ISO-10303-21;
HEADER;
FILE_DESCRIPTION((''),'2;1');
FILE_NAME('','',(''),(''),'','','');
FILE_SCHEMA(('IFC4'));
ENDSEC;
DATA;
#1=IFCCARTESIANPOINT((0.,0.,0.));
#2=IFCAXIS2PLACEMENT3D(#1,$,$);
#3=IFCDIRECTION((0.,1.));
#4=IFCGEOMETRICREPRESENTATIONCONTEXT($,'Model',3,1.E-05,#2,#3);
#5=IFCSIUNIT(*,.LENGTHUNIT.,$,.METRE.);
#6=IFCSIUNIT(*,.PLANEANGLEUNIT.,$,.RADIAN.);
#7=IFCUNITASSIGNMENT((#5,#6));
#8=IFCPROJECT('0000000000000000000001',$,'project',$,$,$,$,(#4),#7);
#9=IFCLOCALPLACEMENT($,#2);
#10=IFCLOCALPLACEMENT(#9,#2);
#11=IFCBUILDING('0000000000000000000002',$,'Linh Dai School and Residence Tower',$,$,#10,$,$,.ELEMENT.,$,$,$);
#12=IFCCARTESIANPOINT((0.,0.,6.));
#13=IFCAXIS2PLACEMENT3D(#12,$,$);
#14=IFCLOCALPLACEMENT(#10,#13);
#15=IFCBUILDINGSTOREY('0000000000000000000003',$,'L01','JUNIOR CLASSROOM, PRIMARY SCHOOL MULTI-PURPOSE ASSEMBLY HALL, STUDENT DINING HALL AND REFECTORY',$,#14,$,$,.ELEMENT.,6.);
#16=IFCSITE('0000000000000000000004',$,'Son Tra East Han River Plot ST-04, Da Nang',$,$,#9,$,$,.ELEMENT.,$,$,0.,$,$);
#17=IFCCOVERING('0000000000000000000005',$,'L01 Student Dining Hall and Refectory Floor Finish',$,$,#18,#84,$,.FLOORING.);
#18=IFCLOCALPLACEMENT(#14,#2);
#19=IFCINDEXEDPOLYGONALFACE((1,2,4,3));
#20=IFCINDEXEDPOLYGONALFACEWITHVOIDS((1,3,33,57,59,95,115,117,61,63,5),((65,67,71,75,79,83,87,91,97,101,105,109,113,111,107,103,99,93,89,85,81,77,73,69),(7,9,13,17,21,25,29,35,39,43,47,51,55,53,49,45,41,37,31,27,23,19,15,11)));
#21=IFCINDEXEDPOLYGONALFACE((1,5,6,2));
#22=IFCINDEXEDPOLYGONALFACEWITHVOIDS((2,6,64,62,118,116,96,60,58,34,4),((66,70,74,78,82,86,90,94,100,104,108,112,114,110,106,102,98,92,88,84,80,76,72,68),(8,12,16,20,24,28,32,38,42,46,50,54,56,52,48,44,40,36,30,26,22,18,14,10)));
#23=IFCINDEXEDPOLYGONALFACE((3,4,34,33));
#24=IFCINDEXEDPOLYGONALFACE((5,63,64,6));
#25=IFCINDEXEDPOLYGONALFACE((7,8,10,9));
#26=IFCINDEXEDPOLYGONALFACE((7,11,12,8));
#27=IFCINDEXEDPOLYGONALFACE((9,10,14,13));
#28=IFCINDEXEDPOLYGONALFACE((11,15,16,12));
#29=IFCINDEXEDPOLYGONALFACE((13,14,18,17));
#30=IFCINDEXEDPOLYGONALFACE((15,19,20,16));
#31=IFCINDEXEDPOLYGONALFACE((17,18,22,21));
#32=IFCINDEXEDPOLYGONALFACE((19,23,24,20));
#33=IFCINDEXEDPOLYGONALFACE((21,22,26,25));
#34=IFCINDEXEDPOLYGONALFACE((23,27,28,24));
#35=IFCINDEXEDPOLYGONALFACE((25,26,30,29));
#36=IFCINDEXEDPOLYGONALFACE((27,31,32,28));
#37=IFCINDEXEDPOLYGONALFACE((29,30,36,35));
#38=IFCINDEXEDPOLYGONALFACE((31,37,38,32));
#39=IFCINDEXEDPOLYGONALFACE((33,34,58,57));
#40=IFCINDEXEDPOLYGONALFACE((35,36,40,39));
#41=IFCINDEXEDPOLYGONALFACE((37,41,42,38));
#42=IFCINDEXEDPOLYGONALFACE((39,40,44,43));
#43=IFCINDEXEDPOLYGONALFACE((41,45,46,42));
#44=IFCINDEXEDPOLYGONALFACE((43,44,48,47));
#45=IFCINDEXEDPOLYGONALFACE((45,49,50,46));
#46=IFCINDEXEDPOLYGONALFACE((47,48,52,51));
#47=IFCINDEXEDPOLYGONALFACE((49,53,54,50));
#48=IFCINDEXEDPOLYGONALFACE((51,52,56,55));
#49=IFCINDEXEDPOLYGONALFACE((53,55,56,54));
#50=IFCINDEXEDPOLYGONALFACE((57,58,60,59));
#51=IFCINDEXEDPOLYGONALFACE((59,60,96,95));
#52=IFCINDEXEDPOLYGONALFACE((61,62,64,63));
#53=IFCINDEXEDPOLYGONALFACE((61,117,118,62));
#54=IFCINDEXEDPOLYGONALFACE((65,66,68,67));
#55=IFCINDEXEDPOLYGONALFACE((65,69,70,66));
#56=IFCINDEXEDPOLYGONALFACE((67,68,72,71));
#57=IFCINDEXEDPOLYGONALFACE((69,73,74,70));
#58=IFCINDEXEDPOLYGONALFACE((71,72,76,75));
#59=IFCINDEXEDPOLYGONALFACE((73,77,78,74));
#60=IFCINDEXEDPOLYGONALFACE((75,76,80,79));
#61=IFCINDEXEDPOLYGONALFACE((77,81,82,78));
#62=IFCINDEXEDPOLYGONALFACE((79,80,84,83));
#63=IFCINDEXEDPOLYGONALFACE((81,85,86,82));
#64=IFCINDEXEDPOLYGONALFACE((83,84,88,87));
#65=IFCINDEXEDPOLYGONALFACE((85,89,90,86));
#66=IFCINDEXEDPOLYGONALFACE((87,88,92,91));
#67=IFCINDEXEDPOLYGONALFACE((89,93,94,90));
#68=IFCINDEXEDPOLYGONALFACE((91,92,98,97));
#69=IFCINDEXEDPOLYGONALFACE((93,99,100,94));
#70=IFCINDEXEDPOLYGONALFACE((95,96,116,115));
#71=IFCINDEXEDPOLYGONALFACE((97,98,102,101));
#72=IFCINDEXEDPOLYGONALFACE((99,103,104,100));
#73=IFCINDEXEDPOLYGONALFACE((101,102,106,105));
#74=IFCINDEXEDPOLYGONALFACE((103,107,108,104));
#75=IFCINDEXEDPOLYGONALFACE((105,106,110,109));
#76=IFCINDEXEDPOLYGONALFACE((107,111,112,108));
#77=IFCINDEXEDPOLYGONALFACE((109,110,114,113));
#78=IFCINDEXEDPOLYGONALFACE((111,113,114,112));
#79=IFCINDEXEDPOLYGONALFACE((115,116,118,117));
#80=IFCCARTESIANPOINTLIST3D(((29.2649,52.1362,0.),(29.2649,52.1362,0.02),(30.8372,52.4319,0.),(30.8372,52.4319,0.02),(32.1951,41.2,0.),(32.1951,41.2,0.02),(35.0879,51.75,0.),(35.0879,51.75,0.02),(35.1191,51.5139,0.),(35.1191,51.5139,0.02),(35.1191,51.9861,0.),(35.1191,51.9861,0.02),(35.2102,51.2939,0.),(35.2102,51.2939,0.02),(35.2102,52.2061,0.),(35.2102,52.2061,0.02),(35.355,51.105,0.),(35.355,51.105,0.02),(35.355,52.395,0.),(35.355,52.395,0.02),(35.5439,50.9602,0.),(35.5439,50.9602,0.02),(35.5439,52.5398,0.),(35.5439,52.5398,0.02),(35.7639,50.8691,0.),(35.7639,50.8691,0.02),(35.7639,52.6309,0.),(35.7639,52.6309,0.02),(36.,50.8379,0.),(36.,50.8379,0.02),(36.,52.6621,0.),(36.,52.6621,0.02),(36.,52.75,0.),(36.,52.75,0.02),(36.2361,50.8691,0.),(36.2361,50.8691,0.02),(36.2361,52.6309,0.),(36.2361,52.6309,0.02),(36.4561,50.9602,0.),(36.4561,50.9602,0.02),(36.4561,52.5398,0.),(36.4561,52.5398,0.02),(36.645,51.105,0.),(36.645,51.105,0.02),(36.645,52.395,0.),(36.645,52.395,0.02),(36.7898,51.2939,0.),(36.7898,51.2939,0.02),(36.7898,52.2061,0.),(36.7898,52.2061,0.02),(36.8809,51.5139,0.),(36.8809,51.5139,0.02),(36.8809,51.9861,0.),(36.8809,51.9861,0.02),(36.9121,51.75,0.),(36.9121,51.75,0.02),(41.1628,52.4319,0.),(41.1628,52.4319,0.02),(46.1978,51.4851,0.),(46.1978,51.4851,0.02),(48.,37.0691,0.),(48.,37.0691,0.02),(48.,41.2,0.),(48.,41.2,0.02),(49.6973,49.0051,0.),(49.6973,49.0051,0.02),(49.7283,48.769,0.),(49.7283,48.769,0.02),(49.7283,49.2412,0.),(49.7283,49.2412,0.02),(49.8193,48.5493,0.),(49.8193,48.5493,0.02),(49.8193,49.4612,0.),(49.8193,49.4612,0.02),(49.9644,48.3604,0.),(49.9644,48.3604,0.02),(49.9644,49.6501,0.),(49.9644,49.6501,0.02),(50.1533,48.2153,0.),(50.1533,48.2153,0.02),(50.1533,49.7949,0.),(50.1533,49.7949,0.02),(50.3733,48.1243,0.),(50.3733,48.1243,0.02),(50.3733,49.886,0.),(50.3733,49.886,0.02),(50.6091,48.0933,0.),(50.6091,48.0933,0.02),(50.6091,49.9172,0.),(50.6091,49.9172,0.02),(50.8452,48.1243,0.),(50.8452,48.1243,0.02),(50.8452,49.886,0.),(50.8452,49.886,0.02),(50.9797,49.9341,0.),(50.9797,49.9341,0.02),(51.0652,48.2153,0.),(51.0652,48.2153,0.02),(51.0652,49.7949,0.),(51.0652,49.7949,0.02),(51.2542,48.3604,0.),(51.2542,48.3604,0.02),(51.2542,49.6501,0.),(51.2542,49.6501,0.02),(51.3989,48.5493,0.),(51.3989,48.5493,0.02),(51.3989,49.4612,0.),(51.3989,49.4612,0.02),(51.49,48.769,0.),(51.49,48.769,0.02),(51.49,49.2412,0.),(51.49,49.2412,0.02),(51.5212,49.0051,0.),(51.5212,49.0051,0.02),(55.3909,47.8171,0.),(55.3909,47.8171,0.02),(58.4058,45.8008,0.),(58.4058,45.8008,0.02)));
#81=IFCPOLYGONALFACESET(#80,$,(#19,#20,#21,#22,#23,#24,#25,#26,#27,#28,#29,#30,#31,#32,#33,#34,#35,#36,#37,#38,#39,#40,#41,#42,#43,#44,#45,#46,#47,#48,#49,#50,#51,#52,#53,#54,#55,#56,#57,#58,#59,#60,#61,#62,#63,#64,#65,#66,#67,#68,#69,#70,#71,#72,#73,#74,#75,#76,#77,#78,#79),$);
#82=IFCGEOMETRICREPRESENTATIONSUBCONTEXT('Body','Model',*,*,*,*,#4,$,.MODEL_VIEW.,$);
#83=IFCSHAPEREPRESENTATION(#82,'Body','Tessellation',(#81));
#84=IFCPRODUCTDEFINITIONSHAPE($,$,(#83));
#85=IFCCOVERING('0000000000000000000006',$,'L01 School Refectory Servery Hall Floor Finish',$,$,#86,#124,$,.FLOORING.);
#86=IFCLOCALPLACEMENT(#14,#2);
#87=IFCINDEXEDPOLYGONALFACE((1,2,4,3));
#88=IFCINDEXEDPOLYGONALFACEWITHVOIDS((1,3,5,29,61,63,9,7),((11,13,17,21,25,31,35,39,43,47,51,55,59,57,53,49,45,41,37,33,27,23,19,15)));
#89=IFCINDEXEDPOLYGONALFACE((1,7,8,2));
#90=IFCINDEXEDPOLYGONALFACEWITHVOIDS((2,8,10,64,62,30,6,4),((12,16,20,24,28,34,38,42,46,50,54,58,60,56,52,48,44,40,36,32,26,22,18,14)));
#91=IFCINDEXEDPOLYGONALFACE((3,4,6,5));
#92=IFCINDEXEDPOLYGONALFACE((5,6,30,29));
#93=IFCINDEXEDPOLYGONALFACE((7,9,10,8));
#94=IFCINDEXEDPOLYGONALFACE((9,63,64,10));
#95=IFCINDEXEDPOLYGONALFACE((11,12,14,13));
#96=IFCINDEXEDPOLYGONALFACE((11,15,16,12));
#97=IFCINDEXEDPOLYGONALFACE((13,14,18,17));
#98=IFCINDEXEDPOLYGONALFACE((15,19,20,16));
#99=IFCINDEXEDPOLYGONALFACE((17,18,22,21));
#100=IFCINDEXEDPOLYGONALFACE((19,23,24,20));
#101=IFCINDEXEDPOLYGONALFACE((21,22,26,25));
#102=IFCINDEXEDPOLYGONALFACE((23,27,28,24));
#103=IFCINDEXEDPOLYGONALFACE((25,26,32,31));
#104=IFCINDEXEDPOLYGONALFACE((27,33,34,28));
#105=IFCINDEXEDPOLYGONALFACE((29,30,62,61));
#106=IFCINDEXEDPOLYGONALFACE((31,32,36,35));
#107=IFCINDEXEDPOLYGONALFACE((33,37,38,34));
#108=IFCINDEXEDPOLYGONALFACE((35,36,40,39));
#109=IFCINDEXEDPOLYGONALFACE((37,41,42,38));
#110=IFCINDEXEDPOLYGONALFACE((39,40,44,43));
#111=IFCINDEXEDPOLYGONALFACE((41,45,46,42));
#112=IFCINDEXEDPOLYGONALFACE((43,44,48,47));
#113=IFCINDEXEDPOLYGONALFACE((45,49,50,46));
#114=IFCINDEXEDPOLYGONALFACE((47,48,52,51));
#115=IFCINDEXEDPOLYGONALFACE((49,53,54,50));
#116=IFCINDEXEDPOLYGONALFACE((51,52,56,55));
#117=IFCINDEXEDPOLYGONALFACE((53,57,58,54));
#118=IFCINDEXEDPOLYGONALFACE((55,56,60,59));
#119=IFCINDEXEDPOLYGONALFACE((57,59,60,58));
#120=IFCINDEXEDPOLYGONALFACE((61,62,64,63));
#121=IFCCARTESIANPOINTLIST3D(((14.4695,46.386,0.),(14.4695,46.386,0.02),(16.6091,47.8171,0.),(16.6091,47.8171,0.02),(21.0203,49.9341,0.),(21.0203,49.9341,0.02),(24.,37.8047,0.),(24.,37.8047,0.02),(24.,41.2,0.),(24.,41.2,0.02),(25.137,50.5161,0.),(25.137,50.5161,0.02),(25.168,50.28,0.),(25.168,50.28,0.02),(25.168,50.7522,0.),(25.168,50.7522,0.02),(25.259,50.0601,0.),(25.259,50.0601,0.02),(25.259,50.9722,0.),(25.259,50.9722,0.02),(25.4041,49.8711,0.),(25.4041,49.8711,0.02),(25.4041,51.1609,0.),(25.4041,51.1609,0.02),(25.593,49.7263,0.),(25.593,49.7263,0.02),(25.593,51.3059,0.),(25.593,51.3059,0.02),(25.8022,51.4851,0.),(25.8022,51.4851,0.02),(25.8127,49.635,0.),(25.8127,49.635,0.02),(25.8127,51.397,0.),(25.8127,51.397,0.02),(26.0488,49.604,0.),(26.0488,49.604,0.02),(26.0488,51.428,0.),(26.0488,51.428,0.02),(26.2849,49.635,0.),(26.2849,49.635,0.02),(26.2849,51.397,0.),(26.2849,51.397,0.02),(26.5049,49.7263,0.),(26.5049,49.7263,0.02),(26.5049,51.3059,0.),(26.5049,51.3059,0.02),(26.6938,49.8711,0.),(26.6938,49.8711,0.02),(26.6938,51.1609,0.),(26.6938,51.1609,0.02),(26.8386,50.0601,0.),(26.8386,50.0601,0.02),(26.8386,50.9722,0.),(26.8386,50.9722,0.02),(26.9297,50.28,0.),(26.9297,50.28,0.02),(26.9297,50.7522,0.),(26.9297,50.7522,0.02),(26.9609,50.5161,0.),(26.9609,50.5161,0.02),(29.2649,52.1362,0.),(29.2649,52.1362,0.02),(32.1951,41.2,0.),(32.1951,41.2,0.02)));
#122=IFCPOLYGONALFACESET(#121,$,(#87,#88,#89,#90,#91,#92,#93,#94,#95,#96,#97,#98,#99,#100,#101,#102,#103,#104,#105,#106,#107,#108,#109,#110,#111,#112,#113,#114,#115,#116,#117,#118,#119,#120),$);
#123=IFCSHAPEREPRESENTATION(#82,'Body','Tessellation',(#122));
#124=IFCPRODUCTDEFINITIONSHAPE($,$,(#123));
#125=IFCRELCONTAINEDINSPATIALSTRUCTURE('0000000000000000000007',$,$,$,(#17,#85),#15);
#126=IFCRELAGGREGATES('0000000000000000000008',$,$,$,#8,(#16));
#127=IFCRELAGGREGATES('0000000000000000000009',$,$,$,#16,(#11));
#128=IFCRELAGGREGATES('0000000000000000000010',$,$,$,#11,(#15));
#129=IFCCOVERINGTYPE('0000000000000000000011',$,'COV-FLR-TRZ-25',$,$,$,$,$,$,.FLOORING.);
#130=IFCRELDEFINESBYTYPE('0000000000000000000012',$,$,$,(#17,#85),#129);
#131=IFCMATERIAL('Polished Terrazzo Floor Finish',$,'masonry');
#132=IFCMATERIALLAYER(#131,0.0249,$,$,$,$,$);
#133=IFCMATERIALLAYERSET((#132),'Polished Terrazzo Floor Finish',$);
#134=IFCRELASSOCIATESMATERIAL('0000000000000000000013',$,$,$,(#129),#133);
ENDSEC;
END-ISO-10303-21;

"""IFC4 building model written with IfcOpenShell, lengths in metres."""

from ifc_helpers import new_model, si_unit, direction, frame, origin, place, context, subcontext, project, spatial, polyline, outline, extrude, material, layer, layer_set, type_object, element, save


model = new_model("IFC4")

# Units and contexts
model_context = context("Model", 3, precision=1e-05, world=origin(), true_north=direction((0.0, 1.0)))
body_context = subcontext(model_context, "Body", "Model", "MODEL_VIEW")
ifc_project = project(units=[si_unit("LENGTHUNIT", "METRE"), si_unit("PLANEANGLEUNIT", "RADIAN")], contexts=[model_context])

# Site, building, storey
site_placement = place(None, origin())
site = spatial("IfcSite", under=ifc_project, at=site_placement, Name="Son Tra East Han River Plot ST-04, Da Nang", CompositionType="ELEMENT", RefElevation=0.0)
building_placement = place(site_placement, origin())
building = spatial("IfcBuilding", under=site, at=building_placement, Name="Linh Dai School and Residence Tower", CompositionType="ELEMENT")
storey_placement = place(building_placement, frame((0.0, 0.0, 6.0)))
storey = spatial("IfcBuildingStorey", under=building, at=storey_placement, Name="L01", Description="JUNIOR CLASSROOM, PRIMARY SCHOOL MULTI-PURPOSE ASSEMBLY HALL, STUDENT DINING HALL AND REFECTORY", CompositionType="ELEMENT", Elevation=6.0)

# Coverings
ifc_material_1 = material(Name="Polished Terrazzo Floor Finish", Category="masonry")
ifc_layer_1 = layer(ifc_material_1, 0.0249)
ifc_layer_set_1 = layer_set([ifc_layer_1], Name="Polished Terrazzo Floor Finish")
covering_type_1 = type_object("IfcCoveringType", Name="COV-FLR-TRZ-25", PredefinedType="FLOORING", material=ifc_layer_set_1)
covering_1_placement = place(storey_placement, origin())
element("IfcCovering", 1, at=covering_1_placement, inside=storey, type_object=covering_type_1, Name="L01 Student Dining Hall and Refectory Floor Finish", PredefinedType="FLOORING", context=body_context, shape_type="SweptSolid", body=[
    extrude(outline(polyline([(36.0, 52.75), (41.1628, 52.4319), (46.1978, 51.4851), (50.9797, 49.9341), (55.3909, 47.8171), (58.4058, 45.8008), (48.0, 37.0691), (48.0, 41.2), (32.1951, 41.2), (29.2649, 52.1362), (30.8372, 52.4319), (36.0, 52.75)]), holes=[polyline([(51.49, 48.769), (51.5212, 49.0051), (51.49, 49.2412), (51.3989, 49.4612), (51.2542, 49.6501), (51.0652, 49.7949), (50.8452, 49.886), (50.6091, 49.9172), (50.3733, 49.886), (50.1533, 49.7949), (49.9644, 49.6501), (49.8193, 49.4612), (49.7283, 49.2412), (49.6973, 49.0051), (49.7283, 48.769), (49.8193, 48.5493), (49.9644, 48.3604), (50.1533, 48.2153), (50.3733, 48.1243), (50.6091, 48.0933), (50.8452, 48.1243), (51.0652, 48.2153), (51.2542, 48.3604), (51.3989, 48.5493), (51.49, 48.769)]), polyline([(36.8809, 51.5139), (36.9121, 51.75), (36.8809, 51.9861), (36.7898, 52.2061), (36.645, 52.395), (36.4561, 52.5398), (36.2361, 52.6309), (36.0, 52.6621), (35.7639, 52.6309), (35.5439, 52.5398), (35.355, 52.395), (35.2102, 52.2061), (35.1191, 51.9861), (35.0879, 51.75), (35.1191, 51.5139), (35.2102, 51.2939), (35.355, 51.105), (35.5439, 50.9602), (35.7639, 50.8691), (36.0, 50.8379), (36.2361, 50.8691), (36.4561, 50.9602), (36.645, 51.105), (36.7898, 51.2939), (36.8809, 51.5139)])]), origin(), (0.0, 0.0, 1.0), 0.02),
])
covering_2_placement = place(storey_placement, origin())
element("IfcCovering", 2, at=covering_2_placement, inside=storey, type_object=covering_type_1, Name="L01 School Refectory Servery Hall Floor Finish", PredefinedType="FLOORING", context=body_context, shape_type="SweptSolid", body=[
    extrude(outline(polyline([(21.0203, 49.9341), (25.8022, 51.4851), (29.2649, 52.1362), (32.1951, 41.2), (24.0, 41.2), (24.0, 37.8047), (14.4695, 46.386), (16.6091, 47.8171), (21.0203, 49.9341)]), holes=[polyline([(26.9297, 50.7522), (26.8386, 50.9722), (26.6938, 51.1609), (26.5049, 51.3059), (26.2849, 51.397), (26.0488, 51.428), (25.8127, 51.397), (25.593, 51.3059), (25.4041, 51.1609), (25.259, 50.9722), (25.168, 50.7522), (25.137, 50.5161), (25.168, 50.28), (25.259, 50.0601), (25.4041, 49.8711), (25.593, 49.7263), (25.8127, 49.635), (26.0488, 49.604), (26.2849, 49.635), (26.5049, 49.7263), (26.6938, 49.8711), (26.8386, 50.0601), (26.9297, 50.28), (26.9609, 50.5161), (26.9297, 50.7522)])]), origin(), (0.0, 0.0, 1.0), 0.02),
])

save(model, "model.ifc")
